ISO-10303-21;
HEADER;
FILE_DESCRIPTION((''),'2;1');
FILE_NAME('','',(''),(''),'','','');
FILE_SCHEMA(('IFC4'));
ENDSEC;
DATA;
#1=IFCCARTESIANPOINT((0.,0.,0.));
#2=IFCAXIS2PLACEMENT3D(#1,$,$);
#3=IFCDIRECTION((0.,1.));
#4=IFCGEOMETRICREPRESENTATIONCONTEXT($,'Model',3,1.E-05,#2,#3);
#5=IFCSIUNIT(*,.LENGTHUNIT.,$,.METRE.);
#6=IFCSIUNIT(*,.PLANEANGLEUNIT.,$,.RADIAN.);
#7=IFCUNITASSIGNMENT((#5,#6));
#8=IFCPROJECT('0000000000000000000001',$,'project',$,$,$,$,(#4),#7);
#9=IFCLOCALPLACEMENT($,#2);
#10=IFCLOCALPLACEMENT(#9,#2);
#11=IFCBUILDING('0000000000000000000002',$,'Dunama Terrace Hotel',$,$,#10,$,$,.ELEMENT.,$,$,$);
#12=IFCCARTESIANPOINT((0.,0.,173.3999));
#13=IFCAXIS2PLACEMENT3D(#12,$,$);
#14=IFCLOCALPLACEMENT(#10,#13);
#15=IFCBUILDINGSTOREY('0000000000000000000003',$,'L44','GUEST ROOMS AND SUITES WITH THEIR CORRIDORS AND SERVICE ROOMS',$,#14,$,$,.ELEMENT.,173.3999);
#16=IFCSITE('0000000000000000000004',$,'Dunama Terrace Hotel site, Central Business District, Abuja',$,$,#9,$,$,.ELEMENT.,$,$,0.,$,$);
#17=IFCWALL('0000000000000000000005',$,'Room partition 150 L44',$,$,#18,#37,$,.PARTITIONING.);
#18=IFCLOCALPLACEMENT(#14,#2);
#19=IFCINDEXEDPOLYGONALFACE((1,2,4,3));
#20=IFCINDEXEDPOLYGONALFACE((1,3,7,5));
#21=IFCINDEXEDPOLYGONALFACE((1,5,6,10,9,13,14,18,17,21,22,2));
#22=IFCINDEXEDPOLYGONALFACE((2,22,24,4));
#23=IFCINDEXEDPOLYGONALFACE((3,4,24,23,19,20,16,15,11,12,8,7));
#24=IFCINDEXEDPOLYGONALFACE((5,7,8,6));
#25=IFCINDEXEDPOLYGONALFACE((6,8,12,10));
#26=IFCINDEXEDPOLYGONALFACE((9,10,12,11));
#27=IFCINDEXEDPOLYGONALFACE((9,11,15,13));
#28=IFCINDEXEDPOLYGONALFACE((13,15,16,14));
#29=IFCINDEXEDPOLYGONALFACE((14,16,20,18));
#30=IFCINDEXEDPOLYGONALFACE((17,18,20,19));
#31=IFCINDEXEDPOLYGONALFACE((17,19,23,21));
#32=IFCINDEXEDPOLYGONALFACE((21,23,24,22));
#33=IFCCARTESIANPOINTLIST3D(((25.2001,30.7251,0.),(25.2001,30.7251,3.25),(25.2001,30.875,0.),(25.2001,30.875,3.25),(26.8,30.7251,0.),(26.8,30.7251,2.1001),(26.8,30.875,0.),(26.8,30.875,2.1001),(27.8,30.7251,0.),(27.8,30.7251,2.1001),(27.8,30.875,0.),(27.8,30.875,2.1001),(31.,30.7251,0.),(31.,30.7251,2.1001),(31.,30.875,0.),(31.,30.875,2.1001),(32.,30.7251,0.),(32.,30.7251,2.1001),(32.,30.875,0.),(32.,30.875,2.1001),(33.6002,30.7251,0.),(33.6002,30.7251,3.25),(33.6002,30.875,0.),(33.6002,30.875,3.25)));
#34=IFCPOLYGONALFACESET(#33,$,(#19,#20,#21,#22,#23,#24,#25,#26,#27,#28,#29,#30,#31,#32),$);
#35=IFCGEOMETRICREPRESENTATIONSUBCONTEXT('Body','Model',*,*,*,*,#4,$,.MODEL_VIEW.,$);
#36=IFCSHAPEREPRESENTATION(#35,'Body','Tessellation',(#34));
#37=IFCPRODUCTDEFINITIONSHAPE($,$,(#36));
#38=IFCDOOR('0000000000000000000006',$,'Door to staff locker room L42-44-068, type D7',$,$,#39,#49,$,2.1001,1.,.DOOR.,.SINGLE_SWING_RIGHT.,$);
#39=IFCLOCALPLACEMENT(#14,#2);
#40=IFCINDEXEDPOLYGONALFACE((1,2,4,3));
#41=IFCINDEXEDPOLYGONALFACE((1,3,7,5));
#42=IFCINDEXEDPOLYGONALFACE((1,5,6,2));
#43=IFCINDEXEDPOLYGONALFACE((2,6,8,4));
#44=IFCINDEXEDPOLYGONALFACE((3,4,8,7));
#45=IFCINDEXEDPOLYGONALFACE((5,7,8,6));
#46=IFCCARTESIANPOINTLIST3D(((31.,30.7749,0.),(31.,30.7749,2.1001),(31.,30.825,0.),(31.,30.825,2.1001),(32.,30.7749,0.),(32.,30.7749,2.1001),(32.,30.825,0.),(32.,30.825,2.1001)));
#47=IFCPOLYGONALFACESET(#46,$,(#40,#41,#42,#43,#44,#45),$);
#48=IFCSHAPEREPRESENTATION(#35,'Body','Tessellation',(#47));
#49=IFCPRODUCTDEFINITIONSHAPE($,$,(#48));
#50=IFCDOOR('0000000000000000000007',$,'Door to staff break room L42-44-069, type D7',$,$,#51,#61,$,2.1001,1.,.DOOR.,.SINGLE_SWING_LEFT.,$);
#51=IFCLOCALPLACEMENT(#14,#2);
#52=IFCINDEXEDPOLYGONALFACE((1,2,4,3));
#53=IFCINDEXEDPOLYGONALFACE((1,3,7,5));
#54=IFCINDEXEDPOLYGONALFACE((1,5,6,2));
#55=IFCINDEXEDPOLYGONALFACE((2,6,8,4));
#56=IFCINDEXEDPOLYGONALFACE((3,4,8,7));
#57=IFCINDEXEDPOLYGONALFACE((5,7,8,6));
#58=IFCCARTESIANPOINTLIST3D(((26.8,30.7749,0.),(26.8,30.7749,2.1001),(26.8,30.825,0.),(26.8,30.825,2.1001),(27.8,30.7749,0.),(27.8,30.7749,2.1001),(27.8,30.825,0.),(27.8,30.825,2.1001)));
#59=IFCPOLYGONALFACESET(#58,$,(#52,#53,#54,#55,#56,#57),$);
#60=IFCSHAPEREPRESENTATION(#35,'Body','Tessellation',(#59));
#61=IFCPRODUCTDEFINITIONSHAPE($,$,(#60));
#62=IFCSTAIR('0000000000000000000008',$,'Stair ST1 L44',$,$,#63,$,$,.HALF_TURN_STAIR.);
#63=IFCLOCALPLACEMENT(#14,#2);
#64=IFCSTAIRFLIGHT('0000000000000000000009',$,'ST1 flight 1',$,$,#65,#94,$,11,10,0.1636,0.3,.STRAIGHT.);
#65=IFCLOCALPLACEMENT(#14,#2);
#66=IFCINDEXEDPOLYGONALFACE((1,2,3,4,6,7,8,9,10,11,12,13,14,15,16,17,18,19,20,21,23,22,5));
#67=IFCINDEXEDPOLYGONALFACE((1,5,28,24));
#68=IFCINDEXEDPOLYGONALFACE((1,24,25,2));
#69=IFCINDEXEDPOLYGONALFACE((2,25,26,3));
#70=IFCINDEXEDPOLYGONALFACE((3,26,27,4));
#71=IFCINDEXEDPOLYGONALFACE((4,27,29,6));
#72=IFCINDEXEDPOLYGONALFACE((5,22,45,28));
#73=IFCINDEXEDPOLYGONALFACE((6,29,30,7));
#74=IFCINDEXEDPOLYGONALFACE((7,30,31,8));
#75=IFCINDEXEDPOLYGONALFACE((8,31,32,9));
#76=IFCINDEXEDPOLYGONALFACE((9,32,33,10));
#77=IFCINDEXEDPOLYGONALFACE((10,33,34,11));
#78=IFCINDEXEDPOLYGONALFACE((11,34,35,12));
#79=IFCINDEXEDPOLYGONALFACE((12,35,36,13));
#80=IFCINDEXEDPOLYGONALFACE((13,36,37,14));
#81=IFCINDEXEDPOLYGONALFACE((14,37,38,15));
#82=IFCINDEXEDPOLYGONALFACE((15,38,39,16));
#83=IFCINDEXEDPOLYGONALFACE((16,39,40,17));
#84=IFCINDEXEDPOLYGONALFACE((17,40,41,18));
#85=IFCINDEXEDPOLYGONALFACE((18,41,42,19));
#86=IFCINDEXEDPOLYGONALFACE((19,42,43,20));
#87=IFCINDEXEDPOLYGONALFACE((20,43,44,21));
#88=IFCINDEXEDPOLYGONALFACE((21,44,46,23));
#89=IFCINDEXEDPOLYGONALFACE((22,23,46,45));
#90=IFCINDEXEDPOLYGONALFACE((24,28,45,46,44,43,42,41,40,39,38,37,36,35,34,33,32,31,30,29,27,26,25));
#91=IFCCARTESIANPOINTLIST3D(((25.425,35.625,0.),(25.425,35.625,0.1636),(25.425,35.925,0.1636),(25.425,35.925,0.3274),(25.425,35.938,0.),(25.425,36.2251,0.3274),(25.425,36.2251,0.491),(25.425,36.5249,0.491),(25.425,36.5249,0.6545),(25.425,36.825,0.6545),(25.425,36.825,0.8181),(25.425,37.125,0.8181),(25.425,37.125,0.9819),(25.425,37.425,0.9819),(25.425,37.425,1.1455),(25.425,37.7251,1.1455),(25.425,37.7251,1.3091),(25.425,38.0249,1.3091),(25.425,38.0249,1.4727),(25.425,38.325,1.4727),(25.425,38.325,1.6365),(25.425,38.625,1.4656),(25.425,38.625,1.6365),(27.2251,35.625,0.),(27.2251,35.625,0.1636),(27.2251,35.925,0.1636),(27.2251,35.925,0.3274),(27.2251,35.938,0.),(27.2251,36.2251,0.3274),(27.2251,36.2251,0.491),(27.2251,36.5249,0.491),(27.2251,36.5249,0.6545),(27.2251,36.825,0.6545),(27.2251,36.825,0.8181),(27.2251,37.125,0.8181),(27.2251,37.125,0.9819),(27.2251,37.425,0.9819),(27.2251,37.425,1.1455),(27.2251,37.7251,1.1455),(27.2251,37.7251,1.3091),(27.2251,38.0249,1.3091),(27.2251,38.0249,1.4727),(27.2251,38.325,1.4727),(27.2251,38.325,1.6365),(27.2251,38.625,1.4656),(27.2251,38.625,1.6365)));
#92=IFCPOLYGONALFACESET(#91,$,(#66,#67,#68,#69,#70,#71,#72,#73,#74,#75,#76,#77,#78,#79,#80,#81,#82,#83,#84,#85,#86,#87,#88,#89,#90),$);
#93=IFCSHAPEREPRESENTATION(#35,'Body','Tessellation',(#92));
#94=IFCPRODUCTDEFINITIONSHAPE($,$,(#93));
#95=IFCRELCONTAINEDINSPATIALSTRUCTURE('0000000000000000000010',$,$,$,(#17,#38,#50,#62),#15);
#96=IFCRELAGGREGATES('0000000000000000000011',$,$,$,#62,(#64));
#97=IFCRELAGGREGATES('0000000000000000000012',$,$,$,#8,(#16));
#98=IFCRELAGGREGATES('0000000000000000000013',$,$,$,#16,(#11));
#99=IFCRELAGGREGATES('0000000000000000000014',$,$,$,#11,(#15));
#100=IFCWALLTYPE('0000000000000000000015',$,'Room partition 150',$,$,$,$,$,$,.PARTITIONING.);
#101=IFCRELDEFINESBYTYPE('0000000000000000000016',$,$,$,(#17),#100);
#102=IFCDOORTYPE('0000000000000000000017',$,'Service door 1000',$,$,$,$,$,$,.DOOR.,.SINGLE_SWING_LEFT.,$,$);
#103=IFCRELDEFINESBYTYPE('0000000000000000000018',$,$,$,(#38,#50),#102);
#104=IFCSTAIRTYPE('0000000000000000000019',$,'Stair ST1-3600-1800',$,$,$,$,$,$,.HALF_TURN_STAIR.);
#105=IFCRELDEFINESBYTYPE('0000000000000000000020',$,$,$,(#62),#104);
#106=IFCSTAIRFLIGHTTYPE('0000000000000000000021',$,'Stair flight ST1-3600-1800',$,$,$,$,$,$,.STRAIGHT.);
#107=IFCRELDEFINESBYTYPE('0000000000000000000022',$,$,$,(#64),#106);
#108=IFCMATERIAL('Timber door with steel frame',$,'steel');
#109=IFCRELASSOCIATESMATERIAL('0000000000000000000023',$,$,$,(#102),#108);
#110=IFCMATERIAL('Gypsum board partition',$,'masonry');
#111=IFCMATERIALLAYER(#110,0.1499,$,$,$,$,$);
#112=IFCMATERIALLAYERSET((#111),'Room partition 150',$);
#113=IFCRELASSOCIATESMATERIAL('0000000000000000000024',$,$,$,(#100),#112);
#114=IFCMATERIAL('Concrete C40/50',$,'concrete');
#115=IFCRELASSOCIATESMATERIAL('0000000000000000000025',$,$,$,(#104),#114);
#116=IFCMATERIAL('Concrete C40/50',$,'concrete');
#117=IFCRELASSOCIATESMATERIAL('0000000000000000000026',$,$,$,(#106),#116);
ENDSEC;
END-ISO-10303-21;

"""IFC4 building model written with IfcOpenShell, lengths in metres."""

from ifc_helpers import new_model, si_unit, direction, frame, frame_2d, origin, place, context, subcontext, project, spatial, polyline, rectangle, outline, extrude, material, layer, layer_set, type_object, element, fill, aggregate, save


model = new_model("IFC4")

# Units and contexts
model_context = context("Model", 3, precision=1e-05, world=origin(), true_north=direction((0.0, 1.0)))
body_context = subcontext(model_context, "Body", "Model", "MODEL_VIEW")
ifc_project = project(units=[si_unit("LENGTHUNIT", "METRE"), si_unit("PLANEANGLEUNIT", "RADIAN")], contexts=[model_context])

# Site, building, storey
site_placement = place(None, origin())
site = spatial("IfcSite", under=ifc_project, at=site_placement, Name="Dunama Terrace Hotel site, Central Business District, Abuja", CompositionType="ELEMENT", RefElevation=0.0)
building_placement = place(site_placement, origin())
building = spatial("IfcBuilding", under=site, at=building_placement, Name="Dunama Terrace Hotel", CompositionType="ELEMENT")
storey_placement = place(building_placement, frame((0.0, 0.0, 173.3999)))
storey = spatial("IfcBuildingStorey", under=building, at=storey_placement, Name="L44", Description="GUEST ROOMS AND SUITES WITH THEIR CORRIDORS AND SERVICE ROOMS", CompositionType="ELEMENT", Elevation=173.3999)

# Shared definitions
ifc_material_1 = material(Name="Timber door with steel frame", Category="steel")
door_type_1 = type_object("IfcDoorType", Name="Service door 1000", OperationType="SINGLE_SWING_LEFT", PredefinedType="DOOR", material=ifc_material_1)

# Shared definitions
ifc_material_2 = material(Name="Gypsum board partition", Category="masonry")
ifc_layer_1 = layer(ifc_material_2, 0.1499)
ifc_layer_set_1 = layer_set([ifc_layer_1], Name="Room partition 150")
wall_type_1 = type_object("IfcWallType", Name="Room partition 150", PredefinedType="PARTITIONING", material=ifc_layer_set_1)

# Wall, openings, doors
wall_1_placement = place(storey_placement, frame((25.2, 30.8, 0.0), z_axis=(0.0, 0.0, 1.0), x_axis=(1.0, 0.0, 0.0)))
wall_1 = element("IfcWall", 1, at=wall_1_placement, inside=storey, type_object=wall_type_1, Name="Room partition 150 L44", PredefinedType="PARTITIONING", context=body_context, shape_type="SweptSolid", body=[
    extrude(rectangle(XDim=8.4001, YDim=0.1499, at=frame_2d((4.2002, 0.0))), origin(), (0.0, 0.0, 1.0), 3.25),
])
opening_1_placement = place(wall_1_placement, frame((5.8, 0.0, 0.0)))
opening_1 = element("IfcOpeningElement", 2, at=opening_1_placement, cuts=wall_1, PredefinedType="OPENING", context=body_context, shape_type="SweptSolid", body=[
    extrude(rectangle(XDim=1.0, YDim=2.1001, at=frame_2d((0.5, 1.05))), frame((0.0, 0.085, 0.0), z_axis=(0.0, -1.0, 0.0), x_axis=(1.0, 0.0, 0.0)), (0.0, 0.0, 1.0), 0.1699),
])
opening_2_placement = place(wall_1_placement, frame((1.6001, 0.0, 0.0)))
opening_2 = element("IfcOpeningElement", 3, at=opening_2_placement, cuts=wall_1, PredefinedType="OPENING", context=body_context, shape_type="SweptSolid", body=[
    extrude(rectangle(XDim=1.0, YDim=2.1001, at=frame_2d((0.5, 1.05))), frame((0.0, 0.085, 0.0), z_axis=(0.0, -1.0, 0.0), x_axis=(1.0, 0.0, 0.0)), (0.0, 0.0, 1.0), 0.1699),
])
door_1_placement = place(opening_1_placement, origin())
door_1 = element("IfcDoor", 4, at=door_1_placement, inside=storey, type_object=door_type_1, Name="Door to staff locker room L42-44-068, type D7", OperationType="SINGLE_SWING_RIGHT", OverallHeight=2.1001, OverallWidth=1.0, PredefinedType="DOOR", context=body_context, shape_type="SweptSolid", body=[
    extrude(rectangle(XDim=1.0, YDim=2.1001, at=frame_2d((0.5, 1.05))), frame((0.0, 0.0249, 0.0), z_axis=(0.0, -1.0, 0.0), x_axis=(1.0, 0.0, 0.0)), (0.0, 0.0, 1.0), 0.05),
])
fill(opening_1, door_1)
door_2_placement = place(opening_2_placement, origin())
door_2 = element("IfcDoor", 5, at=door_2_placement, inside=storey, type_object=door_type_1, Name="Door to staff break room L42-44-069, type D7", OperationType="SINGLE_SWING_LEFT", OverallHeight=2.1001, OverallWidth=1.0, PredefinedType="DOOR", context=body_context, shape_type="SweptSolid", body=[
    extrude(rectangle(XDim=1.0, YDim=2.1001, at=frame_2d((0.5, 1.05))), frame((0.0, 0.0249, 0.0), z_axis=(0.0, -1.0, 0.0), x_axis=(1.0, 0.0, 0.0)), (0.0, 0.0, 1.0), 0.05),
])
fill(opening_2, door_2)

# Stair, stair flight
ifc_material_3 = material(Name="Concrete C40/50", Category="concrete")
stair_type = type_object("IfcStairType", Name="Stair ST1-3600-1800", PredefinedType="HALF_TURN_STAIR", material=ifc_material_3)
stair_placement = place(storey_placement, origin())
stair = element("IfcStair", 6, at=stair_placement, inside=storey, type_object=stair_type, Name="Stair ST1 L44", PredefinedType="HALF_TURN_STAIR")
ifc_material_4 = material(Name="Concrete C40/50", Category="concrete")
stair_flight_type = type_object("IfcStairFlightType", Name="Stair flight ST1-3600-1800", PredefinedType="STRAIGHT", material=ifc_material_4)
stair_flight_placement = place(storey_placement, frame((26.325, 35.625, 0.0), z_axis=(0.0, 0.0, 1.0), x_axis=(0.0, 1.0, 0.0)))
stair_flight = element("IfcStairFlight", 7, at=stair_flight_placement, type_object=stair_flight_type, Name="ST1 flight 1", NumberOfRisers=11, NumberOfTreads=10, PredefinedType="STRAIGHT", RiserHeight=0.1636, TreadLength=0.3, context=body_context, shape_type="SweptSolid", body=[
    extrude(outline(polyline([(0.0, 0.0), (0.0, 0.1636), (0.3, 0.1636), (0.3, 0.3274), (0.6001, 0.3274), (0.6001, 0.491), (0.8999, 0.491), (0.8999, 0.6545), (1.2, 0.6545), (1.2, 0.8181), (1.5, 0.8181), (1.5, 0.9819), (1.8, 0.9819), (1.8, 1.1455), (2.1001, 1.1455), (2.1001, 1.3091), (2.3999, 1.3091), (2.3999, 1.4727), (2.7, 1.4727), (2.7, 1.6365), (3.0, 1.6365), (3.0, 1.8), (3.0, 1.4656), (0.313, 0.0), (0.0, 0.0)])), frame((0.0, 0.8999, 0.0), z_axis=(0.0, -1.0, 0.0), x_axis=(1.0, 0.0, 0.0)), (0.0, 0.0, 1.0), 1.8),
])
aggregate(stair, [stair_flight])

save(model, "model.ifc")
